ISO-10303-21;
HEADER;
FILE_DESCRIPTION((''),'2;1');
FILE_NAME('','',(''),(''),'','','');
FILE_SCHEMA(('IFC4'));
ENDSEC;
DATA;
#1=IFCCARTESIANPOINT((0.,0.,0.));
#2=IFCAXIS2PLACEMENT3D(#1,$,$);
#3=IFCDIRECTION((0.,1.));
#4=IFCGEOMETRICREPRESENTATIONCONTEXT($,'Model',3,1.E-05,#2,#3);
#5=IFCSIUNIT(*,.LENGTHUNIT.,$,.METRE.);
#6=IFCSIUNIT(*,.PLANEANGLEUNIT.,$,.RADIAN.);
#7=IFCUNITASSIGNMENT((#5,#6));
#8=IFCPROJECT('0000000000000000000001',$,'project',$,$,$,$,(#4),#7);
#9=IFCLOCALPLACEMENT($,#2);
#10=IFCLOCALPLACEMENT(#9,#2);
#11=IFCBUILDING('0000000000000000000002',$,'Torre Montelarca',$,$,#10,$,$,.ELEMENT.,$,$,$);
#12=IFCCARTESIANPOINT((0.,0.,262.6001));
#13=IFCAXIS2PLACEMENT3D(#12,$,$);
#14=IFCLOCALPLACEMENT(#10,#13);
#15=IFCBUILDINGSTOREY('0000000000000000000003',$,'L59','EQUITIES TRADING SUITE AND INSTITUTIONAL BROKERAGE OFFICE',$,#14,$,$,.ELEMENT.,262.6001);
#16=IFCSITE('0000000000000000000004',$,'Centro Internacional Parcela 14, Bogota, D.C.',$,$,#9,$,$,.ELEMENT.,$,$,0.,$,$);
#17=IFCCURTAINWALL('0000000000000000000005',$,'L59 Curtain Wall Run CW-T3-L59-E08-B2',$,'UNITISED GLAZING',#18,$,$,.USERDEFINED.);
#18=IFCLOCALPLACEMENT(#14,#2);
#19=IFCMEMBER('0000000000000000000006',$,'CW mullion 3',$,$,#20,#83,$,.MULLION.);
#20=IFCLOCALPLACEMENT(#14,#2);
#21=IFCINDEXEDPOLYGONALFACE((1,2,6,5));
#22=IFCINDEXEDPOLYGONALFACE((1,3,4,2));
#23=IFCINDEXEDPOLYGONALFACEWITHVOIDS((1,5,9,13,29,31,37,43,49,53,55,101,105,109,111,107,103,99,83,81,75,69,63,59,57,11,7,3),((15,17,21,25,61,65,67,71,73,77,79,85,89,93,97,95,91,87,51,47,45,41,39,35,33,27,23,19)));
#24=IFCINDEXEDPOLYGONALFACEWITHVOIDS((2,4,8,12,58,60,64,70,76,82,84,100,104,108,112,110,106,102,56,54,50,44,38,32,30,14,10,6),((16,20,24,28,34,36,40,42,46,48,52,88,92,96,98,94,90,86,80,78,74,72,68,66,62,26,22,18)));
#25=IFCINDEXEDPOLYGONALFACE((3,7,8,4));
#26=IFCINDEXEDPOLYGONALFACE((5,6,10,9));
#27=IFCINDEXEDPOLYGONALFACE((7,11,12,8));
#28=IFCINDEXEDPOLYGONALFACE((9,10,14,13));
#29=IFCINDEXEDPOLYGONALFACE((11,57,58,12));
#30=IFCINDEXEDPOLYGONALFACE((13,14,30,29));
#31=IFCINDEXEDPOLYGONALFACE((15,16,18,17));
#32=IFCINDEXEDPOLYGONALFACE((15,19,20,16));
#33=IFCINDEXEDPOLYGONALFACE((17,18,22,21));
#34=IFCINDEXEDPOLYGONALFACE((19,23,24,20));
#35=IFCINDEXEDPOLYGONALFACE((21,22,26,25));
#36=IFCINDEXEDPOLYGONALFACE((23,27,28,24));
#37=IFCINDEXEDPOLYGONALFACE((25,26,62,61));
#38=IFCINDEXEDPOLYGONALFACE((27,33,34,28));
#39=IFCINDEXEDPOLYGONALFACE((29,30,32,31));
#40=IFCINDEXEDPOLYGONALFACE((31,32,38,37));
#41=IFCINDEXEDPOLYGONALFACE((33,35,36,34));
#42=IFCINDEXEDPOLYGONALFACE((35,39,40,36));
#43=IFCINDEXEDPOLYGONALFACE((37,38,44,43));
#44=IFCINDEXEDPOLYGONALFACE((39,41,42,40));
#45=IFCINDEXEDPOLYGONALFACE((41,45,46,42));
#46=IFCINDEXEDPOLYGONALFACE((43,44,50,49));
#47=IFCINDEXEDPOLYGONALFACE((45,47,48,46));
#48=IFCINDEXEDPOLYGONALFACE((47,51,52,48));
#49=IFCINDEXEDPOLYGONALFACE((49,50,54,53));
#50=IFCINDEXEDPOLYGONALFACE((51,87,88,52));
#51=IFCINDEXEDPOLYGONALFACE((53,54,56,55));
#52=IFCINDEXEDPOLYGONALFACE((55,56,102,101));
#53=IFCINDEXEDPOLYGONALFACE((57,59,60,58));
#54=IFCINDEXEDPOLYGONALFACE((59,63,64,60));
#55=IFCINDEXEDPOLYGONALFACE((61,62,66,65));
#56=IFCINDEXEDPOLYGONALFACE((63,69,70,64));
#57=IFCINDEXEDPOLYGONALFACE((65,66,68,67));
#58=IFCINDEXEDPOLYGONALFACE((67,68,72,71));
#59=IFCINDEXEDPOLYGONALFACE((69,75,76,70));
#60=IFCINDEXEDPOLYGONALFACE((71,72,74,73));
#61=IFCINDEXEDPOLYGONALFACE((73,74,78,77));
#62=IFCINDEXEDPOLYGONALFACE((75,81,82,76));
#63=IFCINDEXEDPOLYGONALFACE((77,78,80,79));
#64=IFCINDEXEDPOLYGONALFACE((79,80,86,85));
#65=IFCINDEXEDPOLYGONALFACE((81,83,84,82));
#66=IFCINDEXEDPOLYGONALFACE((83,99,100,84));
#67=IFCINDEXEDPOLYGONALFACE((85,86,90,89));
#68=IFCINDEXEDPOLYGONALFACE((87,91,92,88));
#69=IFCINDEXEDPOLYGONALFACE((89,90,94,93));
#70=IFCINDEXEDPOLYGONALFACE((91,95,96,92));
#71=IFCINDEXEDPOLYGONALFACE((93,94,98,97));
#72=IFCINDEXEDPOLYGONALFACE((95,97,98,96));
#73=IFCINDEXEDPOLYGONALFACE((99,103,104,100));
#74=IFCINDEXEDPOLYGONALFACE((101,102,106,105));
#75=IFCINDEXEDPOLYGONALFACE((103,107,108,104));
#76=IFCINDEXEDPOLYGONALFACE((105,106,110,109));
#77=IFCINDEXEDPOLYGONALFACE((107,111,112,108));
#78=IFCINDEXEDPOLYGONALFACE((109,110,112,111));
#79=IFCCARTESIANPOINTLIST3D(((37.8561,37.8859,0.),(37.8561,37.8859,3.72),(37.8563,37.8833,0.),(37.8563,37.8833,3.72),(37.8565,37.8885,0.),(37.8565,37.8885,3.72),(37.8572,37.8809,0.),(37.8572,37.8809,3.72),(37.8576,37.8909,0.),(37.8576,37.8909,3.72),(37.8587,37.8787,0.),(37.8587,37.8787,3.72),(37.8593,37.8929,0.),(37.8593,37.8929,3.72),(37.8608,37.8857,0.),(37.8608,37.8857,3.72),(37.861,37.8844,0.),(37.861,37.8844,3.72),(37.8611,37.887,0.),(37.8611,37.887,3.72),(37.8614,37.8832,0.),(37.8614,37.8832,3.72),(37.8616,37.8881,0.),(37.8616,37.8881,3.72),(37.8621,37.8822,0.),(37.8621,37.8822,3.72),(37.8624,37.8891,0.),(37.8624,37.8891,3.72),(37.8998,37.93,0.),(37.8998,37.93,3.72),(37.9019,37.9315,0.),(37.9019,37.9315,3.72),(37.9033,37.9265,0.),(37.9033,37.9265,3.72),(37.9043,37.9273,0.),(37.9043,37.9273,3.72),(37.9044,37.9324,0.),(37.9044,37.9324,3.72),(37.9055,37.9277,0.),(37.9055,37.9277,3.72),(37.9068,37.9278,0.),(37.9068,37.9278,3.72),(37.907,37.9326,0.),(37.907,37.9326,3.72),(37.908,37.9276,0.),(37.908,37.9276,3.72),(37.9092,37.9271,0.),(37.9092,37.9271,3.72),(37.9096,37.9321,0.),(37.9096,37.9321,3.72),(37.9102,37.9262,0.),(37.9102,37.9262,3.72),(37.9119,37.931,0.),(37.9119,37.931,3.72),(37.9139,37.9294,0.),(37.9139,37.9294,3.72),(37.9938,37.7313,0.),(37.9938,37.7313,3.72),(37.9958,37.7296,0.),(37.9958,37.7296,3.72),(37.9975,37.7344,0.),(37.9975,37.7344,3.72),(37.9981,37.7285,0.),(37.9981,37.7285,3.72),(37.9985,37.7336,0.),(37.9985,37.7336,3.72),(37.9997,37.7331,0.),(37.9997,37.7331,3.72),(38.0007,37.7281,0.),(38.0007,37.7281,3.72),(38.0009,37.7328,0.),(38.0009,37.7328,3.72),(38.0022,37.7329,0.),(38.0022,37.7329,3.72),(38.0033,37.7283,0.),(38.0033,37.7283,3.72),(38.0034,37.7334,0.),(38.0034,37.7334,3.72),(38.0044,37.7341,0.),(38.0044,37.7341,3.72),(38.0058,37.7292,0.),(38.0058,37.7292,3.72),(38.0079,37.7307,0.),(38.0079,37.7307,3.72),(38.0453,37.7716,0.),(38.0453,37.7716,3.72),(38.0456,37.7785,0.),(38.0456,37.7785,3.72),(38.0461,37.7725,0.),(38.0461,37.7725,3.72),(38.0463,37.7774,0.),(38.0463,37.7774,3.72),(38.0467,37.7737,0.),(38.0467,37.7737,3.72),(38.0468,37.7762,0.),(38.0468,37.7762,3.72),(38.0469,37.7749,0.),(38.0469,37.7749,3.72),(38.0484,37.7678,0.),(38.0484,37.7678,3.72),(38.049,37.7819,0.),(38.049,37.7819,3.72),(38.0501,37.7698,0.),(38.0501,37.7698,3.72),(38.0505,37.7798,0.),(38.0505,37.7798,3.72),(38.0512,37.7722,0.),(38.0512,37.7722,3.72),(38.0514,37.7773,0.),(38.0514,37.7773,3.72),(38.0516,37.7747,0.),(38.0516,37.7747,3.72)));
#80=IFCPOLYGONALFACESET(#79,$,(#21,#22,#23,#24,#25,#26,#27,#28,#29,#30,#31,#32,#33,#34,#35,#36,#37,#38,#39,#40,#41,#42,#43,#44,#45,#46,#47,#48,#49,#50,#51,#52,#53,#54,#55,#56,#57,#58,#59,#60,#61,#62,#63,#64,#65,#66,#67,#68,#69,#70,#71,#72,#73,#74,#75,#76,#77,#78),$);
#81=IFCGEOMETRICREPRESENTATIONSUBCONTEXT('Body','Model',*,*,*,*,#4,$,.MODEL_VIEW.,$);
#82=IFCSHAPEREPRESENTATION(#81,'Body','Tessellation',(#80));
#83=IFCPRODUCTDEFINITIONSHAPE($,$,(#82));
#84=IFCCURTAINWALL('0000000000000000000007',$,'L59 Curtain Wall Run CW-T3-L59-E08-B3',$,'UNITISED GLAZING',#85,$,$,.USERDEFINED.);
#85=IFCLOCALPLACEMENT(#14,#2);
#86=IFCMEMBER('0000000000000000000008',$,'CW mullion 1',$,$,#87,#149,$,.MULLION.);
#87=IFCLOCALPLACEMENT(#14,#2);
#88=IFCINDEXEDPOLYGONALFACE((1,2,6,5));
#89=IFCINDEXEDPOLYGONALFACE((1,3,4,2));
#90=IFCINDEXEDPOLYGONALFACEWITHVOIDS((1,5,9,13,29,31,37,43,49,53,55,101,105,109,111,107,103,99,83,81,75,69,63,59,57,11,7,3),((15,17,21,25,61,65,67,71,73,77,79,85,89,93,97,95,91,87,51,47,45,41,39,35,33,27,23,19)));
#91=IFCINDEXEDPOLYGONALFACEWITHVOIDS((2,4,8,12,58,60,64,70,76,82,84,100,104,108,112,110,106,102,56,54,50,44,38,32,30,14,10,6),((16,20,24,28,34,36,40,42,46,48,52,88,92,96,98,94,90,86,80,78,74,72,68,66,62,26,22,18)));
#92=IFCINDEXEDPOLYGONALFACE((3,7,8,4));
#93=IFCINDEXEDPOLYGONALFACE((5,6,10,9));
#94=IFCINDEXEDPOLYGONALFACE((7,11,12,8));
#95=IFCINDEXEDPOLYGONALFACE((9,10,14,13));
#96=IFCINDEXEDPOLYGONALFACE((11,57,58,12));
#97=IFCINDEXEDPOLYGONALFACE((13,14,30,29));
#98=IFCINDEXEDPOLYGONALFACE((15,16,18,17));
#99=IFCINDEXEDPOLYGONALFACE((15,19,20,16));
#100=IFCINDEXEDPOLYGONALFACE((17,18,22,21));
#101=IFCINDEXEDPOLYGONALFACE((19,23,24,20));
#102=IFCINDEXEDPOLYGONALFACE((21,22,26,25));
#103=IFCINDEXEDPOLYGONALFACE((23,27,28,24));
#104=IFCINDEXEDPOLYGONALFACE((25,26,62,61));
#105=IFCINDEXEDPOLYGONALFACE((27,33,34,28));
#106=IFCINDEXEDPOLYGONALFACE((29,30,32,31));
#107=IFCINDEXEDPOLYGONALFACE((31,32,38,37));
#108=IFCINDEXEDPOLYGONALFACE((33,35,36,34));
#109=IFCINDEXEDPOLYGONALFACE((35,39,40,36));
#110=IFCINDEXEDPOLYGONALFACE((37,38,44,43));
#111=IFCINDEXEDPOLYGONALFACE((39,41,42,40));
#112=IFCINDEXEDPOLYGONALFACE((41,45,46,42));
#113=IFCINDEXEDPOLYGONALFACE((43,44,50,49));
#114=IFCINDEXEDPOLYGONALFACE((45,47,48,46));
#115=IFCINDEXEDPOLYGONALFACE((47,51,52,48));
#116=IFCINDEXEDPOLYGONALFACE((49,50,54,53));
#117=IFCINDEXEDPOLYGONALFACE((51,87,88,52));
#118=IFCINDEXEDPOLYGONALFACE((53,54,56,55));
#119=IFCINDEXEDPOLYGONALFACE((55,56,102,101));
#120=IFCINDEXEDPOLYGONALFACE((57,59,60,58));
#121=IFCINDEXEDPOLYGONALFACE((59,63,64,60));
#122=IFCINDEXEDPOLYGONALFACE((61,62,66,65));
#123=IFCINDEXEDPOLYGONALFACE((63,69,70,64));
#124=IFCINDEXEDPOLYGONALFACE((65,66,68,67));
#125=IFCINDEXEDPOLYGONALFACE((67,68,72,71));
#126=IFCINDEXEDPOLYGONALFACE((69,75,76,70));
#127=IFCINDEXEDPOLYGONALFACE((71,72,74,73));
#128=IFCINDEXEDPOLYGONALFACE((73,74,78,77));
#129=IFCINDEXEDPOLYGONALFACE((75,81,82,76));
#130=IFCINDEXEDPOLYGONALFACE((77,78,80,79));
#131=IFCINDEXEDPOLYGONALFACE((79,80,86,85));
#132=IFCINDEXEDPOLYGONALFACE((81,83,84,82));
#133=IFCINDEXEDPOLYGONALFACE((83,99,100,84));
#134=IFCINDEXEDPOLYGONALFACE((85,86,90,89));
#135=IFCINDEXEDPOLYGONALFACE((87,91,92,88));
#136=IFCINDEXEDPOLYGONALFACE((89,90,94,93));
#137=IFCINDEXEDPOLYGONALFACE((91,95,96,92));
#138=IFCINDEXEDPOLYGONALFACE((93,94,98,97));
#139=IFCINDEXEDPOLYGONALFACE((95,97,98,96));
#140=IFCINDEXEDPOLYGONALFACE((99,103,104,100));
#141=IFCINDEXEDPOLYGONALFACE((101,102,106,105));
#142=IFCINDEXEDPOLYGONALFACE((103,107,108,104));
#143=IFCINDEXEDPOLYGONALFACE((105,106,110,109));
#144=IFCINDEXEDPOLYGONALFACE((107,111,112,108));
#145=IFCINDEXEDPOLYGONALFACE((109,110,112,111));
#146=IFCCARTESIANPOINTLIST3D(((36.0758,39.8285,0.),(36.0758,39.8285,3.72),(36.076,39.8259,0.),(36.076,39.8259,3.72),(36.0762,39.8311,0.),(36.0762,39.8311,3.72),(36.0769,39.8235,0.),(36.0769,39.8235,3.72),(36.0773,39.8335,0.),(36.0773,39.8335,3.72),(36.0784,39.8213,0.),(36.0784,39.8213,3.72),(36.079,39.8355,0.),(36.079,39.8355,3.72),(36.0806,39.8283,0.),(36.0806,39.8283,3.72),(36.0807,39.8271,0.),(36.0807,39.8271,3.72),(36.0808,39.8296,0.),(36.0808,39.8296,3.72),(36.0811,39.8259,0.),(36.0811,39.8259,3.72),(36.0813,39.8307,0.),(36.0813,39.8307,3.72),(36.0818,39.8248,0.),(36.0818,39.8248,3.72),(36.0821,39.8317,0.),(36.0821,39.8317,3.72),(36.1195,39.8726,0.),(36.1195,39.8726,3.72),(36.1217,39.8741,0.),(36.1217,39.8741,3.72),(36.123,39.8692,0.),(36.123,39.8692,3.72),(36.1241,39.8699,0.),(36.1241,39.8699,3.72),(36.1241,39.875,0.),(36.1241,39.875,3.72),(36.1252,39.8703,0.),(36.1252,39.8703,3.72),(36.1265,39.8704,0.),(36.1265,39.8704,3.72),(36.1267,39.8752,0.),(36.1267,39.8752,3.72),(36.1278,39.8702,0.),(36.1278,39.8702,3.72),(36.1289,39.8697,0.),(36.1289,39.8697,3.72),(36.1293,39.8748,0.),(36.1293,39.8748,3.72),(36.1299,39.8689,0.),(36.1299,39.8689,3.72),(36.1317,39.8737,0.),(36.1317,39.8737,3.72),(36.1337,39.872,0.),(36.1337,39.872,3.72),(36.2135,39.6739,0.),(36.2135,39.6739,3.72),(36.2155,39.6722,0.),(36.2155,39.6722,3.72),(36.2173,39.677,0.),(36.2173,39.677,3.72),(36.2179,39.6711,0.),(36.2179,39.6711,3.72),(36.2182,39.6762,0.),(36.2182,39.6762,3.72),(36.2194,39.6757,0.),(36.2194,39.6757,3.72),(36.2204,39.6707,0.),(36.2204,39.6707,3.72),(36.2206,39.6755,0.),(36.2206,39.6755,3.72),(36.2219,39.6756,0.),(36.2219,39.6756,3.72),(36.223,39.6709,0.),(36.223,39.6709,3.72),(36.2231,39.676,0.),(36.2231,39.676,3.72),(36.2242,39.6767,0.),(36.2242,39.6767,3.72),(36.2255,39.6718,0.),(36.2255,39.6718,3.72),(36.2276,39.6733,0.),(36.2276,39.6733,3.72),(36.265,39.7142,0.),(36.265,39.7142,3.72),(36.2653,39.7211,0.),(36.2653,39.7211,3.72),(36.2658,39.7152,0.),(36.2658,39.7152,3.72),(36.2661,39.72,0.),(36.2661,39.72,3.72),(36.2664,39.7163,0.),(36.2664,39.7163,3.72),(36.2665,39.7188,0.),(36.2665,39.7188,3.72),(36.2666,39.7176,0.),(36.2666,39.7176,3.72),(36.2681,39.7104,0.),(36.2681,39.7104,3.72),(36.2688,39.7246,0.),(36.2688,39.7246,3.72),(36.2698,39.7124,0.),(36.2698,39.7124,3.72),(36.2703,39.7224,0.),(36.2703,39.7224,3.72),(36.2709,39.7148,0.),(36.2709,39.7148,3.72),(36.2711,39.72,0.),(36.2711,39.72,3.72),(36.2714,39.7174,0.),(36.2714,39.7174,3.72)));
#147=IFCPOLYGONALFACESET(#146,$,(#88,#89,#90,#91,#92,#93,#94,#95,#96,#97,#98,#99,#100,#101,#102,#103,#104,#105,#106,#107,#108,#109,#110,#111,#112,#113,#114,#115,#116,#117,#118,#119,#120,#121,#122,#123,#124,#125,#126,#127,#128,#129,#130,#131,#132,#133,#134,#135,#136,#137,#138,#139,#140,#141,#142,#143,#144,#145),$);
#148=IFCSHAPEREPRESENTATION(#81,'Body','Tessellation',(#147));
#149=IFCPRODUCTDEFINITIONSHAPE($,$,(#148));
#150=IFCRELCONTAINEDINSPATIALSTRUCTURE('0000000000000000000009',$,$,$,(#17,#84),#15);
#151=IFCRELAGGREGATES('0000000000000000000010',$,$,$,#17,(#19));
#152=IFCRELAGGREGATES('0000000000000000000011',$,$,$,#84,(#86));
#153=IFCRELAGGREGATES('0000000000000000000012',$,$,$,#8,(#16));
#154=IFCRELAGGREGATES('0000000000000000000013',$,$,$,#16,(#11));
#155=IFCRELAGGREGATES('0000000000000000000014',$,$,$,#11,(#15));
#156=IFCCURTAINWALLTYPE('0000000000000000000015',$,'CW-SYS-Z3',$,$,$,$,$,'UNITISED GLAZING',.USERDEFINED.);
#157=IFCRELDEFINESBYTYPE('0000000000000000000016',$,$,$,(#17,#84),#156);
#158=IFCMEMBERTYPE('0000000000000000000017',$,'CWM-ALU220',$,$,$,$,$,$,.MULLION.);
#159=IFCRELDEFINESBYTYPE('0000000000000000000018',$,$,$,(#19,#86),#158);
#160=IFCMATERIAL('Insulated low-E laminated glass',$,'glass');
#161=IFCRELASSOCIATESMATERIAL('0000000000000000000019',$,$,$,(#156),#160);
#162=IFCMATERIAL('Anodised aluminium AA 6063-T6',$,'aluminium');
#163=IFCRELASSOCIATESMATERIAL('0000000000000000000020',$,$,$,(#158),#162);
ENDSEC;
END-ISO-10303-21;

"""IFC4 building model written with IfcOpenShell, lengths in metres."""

from ifc_helpers import new_model, si_unit, direction, frame, origin, origin_2d, place, context, subcontext, project, spatial, hollow_rectangle, extrude, source, transform, mapped, material, material_profile, profile_set, type_object, element, aggregate, save


model = new_model("IFC4")

# Units and contexts
model_context = context("Model", 3, precision=1e-05, world=origin(), true_north=direction((0.0, 1.0)))
body_context = subcontext(model_context, "Body", "Model", "MODEL_VIEW")
ifc_project = project(units=[si_unit("LENGTHUNIT", "METRE"), si_unit("PLANEANGLEUNIT", "RADIAN")], contexts=[model_context])

# Site, building, storey
site_placement = place(None, origin())
site = spatial("IfcSite", under=ifc_project, at=site_placement, Name="Centro Internacional Parcela 14, Bogota, D.C.", CompositionType="ELEMENT", RefElevation=0.0)
building_placement = place(site_placement, origin())
building = spatial("IfcBuilding", under=site, at=building_placement, Name="Torre Montelarca", CompositionType="ELEMENT")
storey_placement = place(building_placement, frame((0.0, 0.0, 262.6001)))
storey = spatial("IfcBuildingStorey", under=building, at=storey_placement, Name="L59", Description="EQUITIES TRADING SUITE AND INSTITUTIONAL BROKERAGE OFFICE", CompositionType="ELEMENT", Elevation=262.6001)

# Shared definitions
ifc_material_1 = material(Name="Insulated low-E laminated glass", Category="glass")
curtain_wall_type = type_object("IfcCurtainWallType", Name="CW-SYS-Z3", ElementType="UNITISED GLAZING", PredefinedType="USERDEFINED", material=ifc_material_1)
ifc_material_2 = material(Name="Anodised aluminium AA 6063-T6", Category="aluminium")
ifc_material_profile_1 = material_profile(ifc_material_2, hollow_rectangle(XDim=0.075, YDim=0.22, WallThickness=0.0049, InnerFilletRadius=0.0049, OuterFilletRadius=0.01, at=origin_2d()), Name="ALU75X220X5", Category="aluminium")
ifc_profile_set_1 = profile_set([ifc_material_profile_1], Name="Anodised aluminium AA 6063-T6")
member_type_1 = type_object("IfcMemberType", Name="CWM-ALU220", PredefinedType="MULLION", material=ifc_profile_set_1)
shared_shape_1 = source(origin(), body_context, "Body", "SweptSolid", [
    extrude(hollow_rectangle(XDim=0.075, YDim=0.22, WallThickness=0.0049, InnerFilletRadius=0.0049, OuterFilletRadius=0.01, at=origin_2d()), origin(), (0.0, 0.0, 1.0), 3.72),
])

# Curtain walls, members
curtain_wall_1_placement = place(storey_placement, origin())
curtain_wall_1 = element("IfcCurtainWall", 1, at=curtain_wall_1_placement, inside=storey, type_object=curtain_wall_type, Name="L59 Curtain Wall Run CW-T3-L59-E08-B2", ObjectType="UNITISED GLAZING", PredefinedType="USERDEFINED")
member_1_placement = place(storey_placement, frame((37.9539, 37.8303, 0.0), z_axis=(0.0, 0.0, 1.0), x_axis=(-0.73728, -0.675588, 0.0)))
member_1 = element("IfcMember", 2, at=member_1_placement, type_object=member_type_1, Name="CW mullion 3", PredefinedType="MULLION", context=body_context, shape_type="MappedRepresentation", body=[
    mapped(shared_shape_1, transform((0.0, 0.0, 0.0), scale=1.0)),
])
curtain_wall_2_placement = place(storey_placement, origin())
curtain_wall_2 = element("IfcCurtainWall", 3, at=curtain_wall_2_placement, inside=storey, type_object=curtain_wall_type, Name="L59 Curtain Wall Run CW-T3-L59-E08-B3", ObjectType="UNITISED GLAZING", PredefinedType="USERDEFINED")
member_2_placement = place(storey_placement, frame((36.1736, 39.7729, 0.0), z_axis=(0.0, 0.0, 1.0), x_axis=(-0.73728, -0.675588, 0.0)))
member_2 = element("IfcMember", 4, at=member_2_placement, type_object=member_type_1, Name="CW mullion 1", PredefinedType="MULLION", context=body_context, shape_type="MappedRepresentation", body=[
    mapped(shared_shape_1, transform((0.0, 0.0, 0.0), scale=1.0)),
])

aggregate(curtain_wall_1, [member_1])
aggregate(curtain_wall_2, [member_2])

save(model, "model.ifc")
